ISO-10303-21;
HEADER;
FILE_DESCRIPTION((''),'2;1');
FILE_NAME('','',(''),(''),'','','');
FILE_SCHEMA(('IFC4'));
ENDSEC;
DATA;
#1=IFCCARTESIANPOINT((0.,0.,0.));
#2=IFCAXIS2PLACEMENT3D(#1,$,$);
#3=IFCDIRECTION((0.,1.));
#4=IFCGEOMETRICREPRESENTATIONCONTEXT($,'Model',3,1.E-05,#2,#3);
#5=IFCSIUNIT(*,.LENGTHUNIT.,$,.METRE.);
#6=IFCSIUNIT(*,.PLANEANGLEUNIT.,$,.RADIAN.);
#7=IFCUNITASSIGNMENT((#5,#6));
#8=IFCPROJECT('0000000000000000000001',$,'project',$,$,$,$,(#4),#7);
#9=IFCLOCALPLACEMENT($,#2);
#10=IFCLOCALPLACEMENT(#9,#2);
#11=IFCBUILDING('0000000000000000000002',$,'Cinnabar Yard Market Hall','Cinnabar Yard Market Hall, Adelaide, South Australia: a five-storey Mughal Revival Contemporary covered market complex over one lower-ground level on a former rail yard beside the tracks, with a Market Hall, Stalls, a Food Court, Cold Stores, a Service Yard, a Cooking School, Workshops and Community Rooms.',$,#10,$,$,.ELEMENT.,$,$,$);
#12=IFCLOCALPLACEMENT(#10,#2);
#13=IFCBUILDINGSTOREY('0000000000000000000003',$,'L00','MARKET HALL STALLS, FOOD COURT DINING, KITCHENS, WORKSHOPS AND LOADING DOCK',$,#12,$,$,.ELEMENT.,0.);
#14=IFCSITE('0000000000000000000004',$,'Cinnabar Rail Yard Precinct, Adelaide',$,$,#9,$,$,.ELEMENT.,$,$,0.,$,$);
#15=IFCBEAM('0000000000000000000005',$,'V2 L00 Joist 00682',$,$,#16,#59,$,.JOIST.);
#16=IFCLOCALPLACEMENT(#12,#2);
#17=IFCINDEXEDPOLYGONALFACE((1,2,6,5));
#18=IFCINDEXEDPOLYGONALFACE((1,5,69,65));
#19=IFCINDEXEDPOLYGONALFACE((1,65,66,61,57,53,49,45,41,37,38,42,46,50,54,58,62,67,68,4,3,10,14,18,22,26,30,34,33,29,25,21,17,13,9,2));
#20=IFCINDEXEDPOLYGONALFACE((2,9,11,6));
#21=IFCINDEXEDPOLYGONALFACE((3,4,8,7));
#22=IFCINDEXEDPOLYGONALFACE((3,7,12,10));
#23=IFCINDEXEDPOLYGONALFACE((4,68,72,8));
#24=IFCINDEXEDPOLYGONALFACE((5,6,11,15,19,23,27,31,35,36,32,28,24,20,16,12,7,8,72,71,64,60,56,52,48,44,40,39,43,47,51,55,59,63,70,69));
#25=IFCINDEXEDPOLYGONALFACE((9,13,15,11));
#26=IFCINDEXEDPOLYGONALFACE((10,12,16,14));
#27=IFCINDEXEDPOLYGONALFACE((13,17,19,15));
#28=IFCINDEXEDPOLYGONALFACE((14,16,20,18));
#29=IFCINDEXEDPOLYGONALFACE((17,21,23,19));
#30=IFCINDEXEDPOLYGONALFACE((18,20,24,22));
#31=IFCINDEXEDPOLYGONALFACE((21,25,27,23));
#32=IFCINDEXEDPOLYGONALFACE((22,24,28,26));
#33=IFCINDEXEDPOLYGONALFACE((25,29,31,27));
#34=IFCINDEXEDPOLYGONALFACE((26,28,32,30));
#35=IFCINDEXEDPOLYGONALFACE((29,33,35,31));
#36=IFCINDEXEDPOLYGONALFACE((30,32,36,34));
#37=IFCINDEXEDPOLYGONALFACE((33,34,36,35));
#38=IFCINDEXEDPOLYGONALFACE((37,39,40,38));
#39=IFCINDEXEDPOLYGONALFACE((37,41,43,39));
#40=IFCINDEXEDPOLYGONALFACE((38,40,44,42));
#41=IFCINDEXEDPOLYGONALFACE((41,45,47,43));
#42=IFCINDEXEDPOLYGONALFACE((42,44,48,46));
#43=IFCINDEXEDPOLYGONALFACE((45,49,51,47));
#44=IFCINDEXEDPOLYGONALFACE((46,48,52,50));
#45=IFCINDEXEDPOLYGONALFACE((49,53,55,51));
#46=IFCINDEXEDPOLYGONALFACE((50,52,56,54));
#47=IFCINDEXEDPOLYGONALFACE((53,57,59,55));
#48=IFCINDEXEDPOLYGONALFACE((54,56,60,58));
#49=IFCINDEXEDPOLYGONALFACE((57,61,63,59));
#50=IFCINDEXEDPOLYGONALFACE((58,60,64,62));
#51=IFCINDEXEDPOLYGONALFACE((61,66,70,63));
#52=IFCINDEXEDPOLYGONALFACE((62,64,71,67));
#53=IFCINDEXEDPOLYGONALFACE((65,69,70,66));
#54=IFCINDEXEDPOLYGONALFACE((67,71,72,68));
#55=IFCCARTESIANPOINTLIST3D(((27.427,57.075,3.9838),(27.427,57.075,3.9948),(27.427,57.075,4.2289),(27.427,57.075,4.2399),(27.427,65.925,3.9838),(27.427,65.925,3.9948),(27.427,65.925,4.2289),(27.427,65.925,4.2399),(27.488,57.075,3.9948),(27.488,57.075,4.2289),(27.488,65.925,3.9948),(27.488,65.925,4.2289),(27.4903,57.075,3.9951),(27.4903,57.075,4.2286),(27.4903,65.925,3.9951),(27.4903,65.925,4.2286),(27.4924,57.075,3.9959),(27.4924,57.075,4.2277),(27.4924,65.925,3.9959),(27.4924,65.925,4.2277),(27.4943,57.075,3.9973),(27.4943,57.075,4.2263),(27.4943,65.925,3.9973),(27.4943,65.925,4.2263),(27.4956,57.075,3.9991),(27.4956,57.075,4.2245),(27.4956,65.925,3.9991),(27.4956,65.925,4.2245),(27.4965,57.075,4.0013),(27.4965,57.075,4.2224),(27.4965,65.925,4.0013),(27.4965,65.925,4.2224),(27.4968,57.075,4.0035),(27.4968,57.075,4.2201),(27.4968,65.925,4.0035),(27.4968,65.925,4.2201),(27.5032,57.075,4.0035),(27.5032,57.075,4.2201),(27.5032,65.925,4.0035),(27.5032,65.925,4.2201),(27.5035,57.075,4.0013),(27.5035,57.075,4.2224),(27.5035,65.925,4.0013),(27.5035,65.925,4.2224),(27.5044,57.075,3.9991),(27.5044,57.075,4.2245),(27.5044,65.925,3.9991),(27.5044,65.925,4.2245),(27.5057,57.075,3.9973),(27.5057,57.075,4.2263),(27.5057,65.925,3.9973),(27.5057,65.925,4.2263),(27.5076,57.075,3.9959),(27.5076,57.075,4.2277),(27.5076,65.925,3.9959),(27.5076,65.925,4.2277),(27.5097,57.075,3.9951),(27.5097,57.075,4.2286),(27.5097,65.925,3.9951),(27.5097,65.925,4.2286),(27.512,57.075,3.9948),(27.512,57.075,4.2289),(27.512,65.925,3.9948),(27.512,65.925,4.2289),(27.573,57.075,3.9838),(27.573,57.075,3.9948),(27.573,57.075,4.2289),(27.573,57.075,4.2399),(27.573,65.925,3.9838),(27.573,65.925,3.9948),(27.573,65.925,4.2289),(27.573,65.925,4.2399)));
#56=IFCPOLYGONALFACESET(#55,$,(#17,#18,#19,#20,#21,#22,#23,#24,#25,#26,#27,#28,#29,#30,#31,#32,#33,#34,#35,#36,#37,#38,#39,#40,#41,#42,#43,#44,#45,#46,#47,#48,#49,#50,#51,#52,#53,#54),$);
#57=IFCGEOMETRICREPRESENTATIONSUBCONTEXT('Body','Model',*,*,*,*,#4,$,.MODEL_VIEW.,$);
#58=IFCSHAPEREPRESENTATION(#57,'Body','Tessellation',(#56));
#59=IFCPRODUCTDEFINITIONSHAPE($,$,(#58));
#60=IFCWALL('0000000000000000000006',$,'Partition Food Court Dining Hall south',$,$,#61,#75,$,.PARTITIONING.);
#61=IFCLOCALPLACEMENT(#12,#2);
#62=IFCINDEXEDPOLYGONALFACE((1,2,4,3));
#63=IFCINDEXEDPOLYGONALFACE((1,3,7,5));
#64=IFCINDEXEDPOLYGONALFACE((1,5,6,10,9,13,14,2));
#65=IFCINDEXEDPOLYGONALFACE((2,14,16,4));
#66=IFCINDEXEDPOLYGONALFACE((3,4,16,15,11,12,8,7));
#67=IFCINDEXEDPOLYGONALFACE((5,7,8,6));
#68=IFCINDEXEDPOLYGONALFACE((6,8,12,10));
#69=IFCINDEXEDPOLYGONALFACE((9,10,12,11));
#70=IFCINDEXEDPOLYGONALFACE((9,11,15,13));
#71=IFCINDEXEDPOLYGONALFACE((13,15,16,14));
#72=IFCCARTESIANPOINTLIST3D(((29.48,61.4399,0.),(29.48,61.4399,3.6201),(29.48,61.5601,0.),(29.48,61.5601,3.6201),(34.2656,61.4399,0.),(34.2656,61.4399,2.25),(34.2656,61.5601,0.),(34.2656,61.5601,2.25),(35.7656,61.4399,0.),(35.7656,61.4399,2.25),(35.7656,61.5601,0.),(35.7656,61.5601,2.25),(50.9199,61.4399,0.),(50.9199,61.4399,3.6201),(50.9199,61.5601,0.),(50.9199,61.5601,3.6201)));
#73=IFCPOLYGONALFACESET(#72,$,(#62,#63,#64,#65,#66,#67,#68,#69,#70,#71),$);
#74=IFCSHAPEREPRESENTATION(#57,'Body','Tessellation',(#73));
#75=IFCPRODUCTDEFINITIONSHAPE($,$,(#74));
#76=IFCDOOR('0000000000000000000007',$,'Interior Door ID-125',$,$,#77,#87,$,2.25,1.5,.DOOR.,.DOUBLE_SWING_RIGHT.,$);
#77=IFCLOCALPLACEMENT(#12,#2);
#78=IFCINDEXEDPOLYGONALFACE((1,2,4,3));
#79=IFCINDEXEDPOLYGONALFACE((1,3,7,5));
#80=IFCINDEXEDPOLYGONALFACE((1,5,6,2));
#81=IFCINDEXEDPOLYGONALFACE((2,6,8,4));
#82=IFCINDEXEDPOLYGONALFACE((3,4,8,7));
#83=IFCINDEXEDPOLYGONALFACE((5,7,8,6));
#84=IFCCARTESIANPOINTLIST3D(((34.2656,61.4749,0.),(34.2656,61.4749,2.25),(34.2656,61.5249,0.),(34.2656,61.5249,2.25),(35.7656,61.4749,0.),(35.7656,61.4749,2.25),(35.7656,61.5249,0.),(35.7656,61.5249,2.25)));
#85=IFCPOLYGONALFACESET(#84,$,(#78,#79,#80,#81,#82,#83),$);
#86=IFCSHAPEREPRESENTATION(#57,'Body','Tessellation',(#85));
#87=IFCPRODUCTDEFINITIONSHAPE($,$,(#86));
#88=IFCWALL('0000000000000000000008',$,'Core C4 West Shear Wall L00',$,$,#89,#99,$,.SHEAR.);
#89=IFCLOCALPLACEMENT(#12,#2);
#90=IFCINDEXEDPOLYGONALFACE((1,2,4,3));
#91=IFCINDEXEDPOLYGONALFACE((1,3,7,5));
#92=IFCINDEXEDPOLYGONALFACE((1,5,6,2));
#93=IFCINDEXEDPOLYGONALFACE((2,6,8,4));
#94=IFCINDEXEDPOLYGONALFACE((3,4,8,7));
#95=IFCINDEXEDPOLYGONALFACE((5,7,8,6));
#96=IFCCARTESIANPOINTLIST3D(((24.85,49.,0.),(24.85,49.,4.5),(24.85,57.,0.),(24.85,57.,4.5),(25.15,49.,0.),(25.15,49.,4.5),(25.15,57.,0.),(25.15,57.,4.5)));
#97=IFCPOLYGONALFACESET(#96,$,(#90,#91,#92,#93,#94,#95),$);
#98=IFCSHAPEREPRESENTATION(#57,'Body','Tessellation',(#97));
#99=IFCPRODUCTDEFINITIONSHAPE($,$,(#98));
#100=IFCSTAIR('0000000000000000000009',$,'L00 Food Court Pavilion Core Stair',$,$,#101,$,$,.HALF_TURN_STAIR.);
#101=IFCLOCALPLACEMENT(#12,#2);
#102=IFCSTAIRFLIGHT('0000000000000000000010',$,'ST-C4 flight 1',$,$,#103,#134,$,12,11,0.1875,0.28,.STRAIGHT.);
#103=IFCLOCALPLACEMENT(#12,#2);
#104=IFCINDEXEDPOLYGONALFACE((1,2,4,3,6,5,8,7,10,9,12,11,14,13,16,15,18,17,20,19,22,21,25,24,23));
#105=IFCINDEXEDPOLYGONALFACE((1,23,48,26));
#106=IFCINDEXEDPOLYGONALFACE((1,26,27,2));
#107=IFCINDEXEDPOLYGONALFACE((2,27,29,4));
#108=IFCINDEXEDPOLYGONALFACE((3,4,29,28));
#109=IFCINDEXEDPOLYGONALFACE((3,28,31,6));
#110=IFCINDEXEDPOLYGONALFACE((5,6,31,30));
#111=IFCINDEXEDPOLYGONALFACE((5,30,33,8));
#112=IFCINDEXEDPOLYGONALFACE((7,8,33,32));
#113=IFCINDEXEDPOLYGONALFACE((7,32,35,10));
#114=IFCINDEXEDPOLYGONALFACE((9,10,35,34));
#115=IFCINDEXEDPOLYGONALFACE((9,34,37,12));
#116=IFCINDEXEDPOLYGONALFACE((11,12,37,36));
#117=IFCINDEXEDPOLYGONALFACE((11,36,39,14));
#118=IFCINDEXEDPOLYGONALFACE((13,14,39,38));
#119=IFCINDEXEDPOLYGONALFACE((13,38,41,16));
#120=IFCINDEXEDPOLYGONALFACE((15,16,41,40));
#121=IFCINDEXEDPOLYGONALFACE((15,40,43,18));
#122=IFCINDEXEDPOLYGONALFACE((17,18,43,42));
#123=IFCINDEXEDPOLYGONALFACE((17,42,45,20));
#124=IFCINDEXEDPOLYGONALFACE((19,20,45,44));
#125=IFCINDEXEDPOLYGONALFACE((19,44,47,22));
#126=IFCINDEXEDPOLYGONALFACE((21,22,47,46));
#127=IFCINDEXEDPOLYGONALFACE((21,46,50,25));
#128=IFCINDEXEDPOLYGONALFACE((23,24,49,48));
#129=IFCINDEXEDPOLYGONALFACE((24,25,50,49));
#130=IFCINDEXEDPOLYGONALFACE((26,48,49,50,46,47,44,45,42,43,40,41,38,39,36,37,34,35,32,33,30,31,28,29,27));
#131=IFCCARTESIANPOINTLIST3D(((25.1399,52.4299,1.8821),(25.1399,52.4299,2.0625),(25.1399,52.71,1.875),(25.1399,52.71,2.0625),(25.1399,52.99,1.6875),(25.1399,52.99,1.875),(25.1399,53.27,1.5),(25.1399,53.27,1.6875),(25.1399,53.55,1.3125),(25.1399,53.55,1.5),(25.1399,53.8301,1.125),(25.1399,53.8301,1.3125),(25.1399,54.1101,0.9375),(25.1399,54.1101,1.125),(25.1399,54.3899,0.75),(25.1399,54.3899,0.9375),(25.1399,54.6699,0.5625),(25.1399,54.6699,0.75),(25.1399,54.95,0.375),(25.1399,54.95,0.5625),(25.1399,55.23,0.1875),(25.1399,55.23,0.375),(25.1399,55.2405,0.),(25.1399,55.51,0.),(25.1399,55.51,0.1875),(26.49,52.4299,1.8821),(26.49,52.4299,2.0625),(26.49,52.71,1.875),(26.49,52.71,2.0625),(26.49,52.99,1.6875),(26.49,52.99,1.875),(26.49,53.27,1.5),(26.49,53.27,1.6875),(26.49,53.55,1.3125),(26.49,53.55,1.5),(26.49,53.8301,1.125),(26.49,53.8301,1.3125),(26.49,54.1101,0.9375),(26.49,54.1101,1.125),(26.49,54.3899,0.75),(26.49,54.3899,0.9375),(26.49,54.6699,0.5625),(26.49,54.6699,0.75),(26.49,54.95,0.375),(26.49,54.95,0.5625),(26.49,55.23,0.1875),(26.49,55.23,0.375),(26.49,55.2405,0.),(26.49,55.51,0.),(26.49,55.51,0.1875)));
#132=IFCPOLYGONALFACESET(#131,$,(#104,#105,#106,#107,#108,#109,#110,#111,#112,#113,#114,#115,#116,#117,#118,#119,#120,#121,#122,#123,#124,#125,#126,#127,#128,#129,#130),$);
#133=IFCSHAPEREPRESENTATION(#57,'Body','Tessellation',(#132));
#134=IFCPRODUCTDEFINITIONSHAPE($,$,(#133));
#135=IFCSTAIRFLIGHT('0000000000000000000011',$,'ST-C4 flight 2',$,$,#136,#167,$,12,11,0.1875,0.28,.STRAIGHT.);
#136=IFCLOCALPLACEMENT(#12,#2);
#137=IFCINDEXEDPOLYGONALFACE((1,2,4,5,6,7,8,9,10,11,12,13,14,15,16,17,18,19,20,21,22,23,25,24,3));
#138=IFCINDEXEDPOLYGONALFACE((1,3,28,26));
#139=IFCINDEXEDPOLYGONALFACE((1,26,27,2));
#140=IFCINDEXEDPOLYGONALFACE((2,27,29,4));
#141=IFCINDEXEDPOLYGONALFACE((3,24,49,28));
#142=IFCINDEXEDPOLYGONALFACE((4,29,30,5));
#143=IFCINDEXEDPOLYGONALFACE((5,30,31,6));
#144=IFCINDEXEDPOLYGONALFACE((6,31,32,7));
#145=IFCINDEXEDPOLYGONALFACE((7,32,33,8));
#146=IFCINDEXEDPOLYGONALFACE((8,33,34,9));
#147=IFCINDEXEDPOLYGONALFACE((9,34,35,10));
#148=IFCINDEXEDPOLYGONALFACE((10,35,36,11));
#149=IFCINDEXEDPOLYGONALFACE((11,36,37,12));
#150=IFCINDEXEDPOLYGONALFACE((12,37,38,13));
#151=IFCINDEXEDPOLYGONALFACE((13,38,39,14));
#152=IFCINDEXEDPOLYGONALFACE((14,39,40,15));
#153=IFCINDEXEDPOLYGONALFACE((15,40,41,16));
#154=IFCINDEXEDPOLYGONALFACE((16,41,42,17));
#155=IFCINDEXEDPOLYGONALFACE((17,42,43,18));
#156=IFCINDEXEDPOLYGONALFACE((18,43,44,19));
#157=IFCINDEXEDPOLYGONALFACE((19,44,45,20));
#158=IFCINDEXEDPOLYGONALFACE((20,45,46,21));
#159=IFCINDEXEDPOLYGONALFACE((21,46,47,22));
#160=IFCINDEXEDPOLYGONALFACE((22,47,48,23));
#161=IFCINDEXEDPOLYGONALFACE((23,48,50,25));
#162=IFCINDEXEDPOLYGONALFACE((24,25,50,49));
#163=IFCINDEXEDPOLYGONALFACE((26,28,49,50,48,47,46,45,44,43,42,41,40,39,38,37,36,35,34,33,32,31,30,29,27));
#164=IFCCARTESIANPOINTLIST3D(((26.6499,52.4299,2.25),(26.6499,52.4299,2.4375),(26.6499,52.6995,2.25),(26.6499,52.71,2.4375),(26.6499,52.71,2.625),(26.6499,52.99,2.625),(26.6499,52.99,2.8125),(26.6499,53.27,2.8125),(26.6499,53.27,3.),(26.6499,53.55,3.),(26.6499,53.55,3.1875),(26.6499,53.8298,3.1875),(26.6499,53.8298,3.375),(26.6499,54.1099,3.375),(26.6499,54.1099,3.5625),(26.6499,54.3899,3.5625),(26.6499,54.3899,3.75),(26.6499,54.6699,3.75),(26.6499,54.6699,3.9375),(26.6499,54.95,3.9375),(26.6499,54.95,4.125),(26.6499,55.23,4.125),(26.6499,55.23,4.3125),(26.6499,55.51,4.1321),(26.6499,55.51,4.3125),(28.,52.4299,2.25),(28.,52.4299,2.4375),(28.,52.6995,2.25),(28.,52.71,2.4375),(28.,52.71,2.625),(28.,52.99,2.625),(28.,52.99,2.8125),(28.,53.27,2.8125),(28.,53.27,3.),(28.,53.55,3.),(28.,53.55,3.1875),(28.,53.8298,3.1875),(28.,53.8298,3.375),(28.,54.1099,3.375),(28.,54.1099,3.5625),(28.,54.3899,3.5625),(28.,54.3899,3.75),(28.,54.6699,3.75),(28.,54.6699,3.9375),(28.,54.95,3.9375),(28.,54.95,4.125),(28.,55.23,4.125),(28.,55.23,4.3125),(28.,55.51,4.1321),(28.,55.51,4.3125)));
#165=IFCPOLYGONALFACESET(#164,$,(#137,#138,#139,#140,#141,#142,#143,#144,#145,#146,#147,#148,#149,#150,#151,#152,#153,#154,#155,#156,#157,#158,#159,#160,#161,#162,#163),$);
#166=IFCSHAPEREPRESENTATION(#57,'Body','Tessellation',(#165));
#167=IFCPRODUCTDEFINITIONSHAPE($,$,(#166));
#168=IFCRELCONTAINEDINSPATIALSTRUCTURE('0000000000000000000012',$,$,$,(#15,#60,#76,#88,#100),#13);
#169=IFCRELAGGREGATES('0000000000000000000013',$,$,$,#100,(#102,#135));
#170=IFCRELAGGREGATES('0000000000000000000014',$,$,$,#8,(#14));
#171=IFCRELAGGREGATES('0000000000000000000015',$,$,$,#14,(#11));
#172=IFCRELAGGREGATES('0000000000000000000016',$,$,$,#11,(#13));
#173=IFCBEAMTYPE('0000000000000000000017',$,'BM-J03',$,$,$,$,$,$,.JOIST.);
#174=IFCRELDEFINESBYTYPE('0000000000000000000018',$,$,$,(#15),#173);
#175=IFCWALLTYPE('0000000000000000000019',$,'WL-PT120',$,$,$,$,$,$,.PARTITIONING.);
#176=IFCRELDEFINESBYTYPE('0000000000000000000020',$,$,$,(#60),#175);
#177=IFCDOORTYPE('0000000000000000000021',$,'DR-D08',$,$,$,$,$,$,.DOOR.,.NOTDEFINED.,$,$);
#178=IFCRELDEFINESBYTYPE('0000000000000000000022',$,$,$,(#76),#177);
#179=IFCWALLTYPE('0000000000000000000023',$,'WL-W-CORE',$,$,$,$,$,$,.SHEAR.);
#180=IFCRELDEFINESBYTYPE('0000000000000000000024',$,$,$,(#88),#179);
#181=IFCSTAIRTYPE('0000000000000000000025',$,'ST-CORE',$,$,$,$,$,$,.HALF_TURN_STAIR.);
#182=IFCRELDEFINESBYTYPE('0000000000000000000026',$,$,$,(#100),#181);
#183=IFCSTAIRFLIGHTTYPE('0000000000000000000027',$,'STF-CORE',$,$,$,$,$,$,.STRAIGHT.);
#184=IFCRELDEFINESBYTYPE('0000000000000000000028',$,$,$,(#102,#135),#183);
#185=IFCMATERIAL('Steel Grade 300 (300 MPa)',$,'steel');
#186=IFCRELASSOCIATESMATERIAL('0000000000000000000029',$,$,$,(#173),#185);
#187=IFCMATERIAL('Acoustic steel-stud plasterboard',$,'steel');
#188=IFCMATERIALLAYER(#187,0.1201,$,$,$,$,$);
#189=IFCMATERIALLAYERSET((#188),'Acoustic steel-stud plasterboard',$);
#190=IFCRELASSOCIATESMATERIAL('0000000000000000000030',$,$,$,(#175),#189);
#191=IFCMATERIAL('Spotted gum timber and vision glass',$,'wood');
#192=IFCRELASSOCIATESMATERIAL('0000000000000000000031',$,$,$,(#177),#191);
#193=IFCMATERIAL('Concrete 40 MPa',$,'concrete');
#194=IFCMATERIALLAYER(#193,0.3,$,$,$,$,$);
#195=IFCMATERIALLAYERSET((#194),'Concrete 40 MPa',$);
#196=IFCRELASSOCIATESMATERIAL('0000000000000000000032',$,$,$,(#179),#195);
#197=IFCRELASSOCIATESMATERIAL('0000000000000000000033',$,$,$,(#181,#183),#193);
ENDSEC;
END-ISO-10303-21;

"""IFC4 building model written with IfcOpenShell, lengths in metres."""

from ifc_helpers import new_model, si_unit, direction, frame, frame_2d, origin, origin_2d_with_axis, place, context, subcontext, project, spatial, polyline, rectangle, i_section, outline, extrude, material, layer, layer_set, material_profile, profile_set, type_object, element, fill, aggregate, save


model = new_model("IFC4")

# Units and contexts
model_context = context("Model", 3, precision=1e-05, world=origin(), true_north=direction((0.0, 1.0)))
body_context = subcontext(model_context, "Body", "Model", "MODEL_VIEW")
ifc_project = project(units=[si_unit("LENGTHUNIT", "METRE"), si_unit("PLANEANGLEUNIT", "RADIAN")], contexts=[model_context])

# Site, building, storey
site_placement = place(None, origin())
site = spatial("IfcSite", under=ifc_project, at=site_placement, Name="Cinnabar Rail Yard Precinct, Adelaide", CompositionType="ELEMENT", RefElevation=0.0)
building_placement = place(site_placement, origin())
building = spatial("IfcBuilding", under=site, at=building_placement, Name="Cinnabar Yard Market Hall", Description="Cinnabar Yard Market Hall, Adelaide, South Australia: a five-storey Mughal Revival Contemporary covered market complex over one lower-ground level on a former rail yard beside the tracks, with a Market Hall, Stalls, a Food Court, Cold Stores, a Service Yard, a Cooking School, Workshops and Community Rooms.", CompositionType="ELEMENT")
storey_placement = place(building_placement, origin())
storey = spatial("IfcBuildingStorey", under=building, at=storey_placement, Name="L00", Description="MARKET HALL STALLS, FOOD COURT DINING, KITCHENS, WORKSHOPS AND LOADING DOCK", CompositionType="ELEMENT", Elevation=0.0)

# Shared definitions
ifc_material_1 = material(Name="Steel Grade 300 (300 MPa)", Category="steel")

# Beam
ifc_material_profile_1 = material_profile(ifc_material_1, i_section(OverallWidth=0.146, OverallDepth=0.2561, WebThickness=0.0063, FlangeThickness=0.011, FilletRadius=0.0088, at=origin_2d_with_axis()), Name="250UB37.3")
ifc_profile_set_1 = profile_set([ifc_material_profile_1], Name="Steel Grade 300 (300 MPa)")
beam_type_1 = type_object("IfcBeamType", Name="BM-J03", PredefinedType="JOIST", material=ifc_profile_set_1)
beam_1_placement = place(storey_placement, frame((27.5, 57.075, 4.1118), z_axis=(0.0, 1.0, 0.0), x_axis=(-1.0, 0.0, 0.0)))
element("IfcBeam", 1, at=beam_1_placement, inside=storey, type_object=beam_type_1, Name="V2 L00 Joist 00682", PredefinedType="JOIST", context=body_context, shape_type="SweptSolid", body=[
    extrude(i_section(OverallWidth=0.146, OverallDepth=0.2561, WebThickness=0.0063, FlangeThickness=0.011, FilletRadius=0.0088, at=origin_2d_with_axis()), origin(), (0.0, 0.0, 1.0), 8.8501),
])

# Wall, opening, door
ifc_material_2 = material(Name="Acoustic steel-stud plasterboard", Category="steel")
ifc_layer_1 = layer(ifc_material_2, 0.1201)
ifc_layer_set_1 = layer_set([ifc_layer_1], Name="Acoustic steel-stud plasterboard")
wall_type_1 = type_object("IfcWallType", Name="WL-PT120", PredefinedType="PARTITIONING", material=ifc_layer_set_1)
wall_1_placement = place(storey_placement, frame((29.48, 61.5, 0.0), z_axis=(0.0, 0.0, 1.0), x_axis=(1.0, 0.0, 0.0)))
wall_1 = element("IfcWall", 2, at=wall_1_placement, inside=storey, type_object=wall_type_1, Name="Partition Food Court Dining Hall south", PredefinedType="PARTITIONING", context=body_context, shape_type="SweptSolid", body=[
    extrude(rectangle(XDim=21.4399, YDim=0.1201, at=frame_2d((10.72, 0.0), x_axis=(1.0, 0.0))), origin(), (0.0, 0.0, 1.0), 3.6201),
])
opening_1_placement = place(wall_1_placement, frame((4.7856, 0.0, 0.0)))
opening_1 = element("IfcOpeningElement", 3, at=opening_1_placement, cuts=wall_1, PredefinedType="OPENING", context=body_context, shape_type="SweptSolid", body=[
    extrude(rectangle(XDim=1.5, YDim=2.25, at=frame_2d((0.75, 1.125), x_axis=(1.0, 0.0))), frame((0.0, 0.0701, 0.0), z_axis=(0.0, -1.0, 0.0), x_axis=(1.0, 0.0, 0.0)), (0.0, 0.0, 1.0), 0.1401),
])
ifc_material_3 = material(Name="Spotted gum timber and vision glass", Category="wood")
door_type_1 = type_object("IfcDoorType", Name="DR-D08", OperationType="NOTDEFINED", PredefinedType="DOOR", material=ifc_material_3)
door_1_placement = place(opening_1_placement, origin())
door_1 = element("IfcDoor", 4, at=door_1_placement, inside=storey, type_object=door_type_1, Name="Interior Door ID-125", OperationType="DOUBLE_SWING_RIGHT", OverallHeight=2.25, OverallWidth=1.5, PredefinedType="DOOR", context=body_context, shape_type="SweptSolid", body=[
    extrude(rectangle(XDim=1.5, YDim=2.25, at=frame_2d((0.75, 1.125), x_axis=(1.0, 0.0))), frame((0.0, 0.0249, 0.0), z_axis=(0.0, -1.0, 0.0), x_axis=(1.0, 0.0, 0.0)), (0.0, 0.0, 1.0), 0.05),
])
fill(opening_1, door_1)

# Wall
ifc_material_4 = material(Name="Concrete 40 MPa", Category="concrete")
ifc_layer_2 = layer(ifc_material_4, 0.3)
ifc_layer_set_2 = layer_set([ifc_layer_2], Name="Concrete 40 MPa")
wall_type_2 = type_object("IfcWallType", Name="WL-W-CORE", PredefinedType="SHEAR", material=ifc_layer_set_2)
wall_2_placement = place(storey_placement, frame((25.0, 57.0, 0.0), z_axis=(0.0, 0.0, 1.0), x_axis=(0.0, -1.0, 0.0)))
element("IfcWall", 5, at=wall_2_placement, inside=storey, type_object=wall_type_2, Name="Core C4 West Shear Wall L00", PredefinedType="SHEAR", context=body_context, shape_type="SweptSolid", body=[
    extrude(rectangle(XDim=8.0, YDim=0.3, at=frame_2d((4.0, 0.0), x_axis=(1.0, 0.0))), origin(), (0.0, 0.0, 1.0), 4.5),
])

# Stair, stair flights
stair_type = type_object("IfcStairType", Name="ST-CORE", PredefinedType="HALF_TURN_STAIR", material=ifc_material_4)
stair_placement = place(storey_placement, origin())
stair = element("IfcStair", 6, at=stair_placement, inside=storey, type_object=stair_type, Name="L00 Food Court Pavilion Core Stair", PredefinedType="HALF_TURN_STAIR")
stair_flight_type = type_object("IfcStairFlightType", Name="STF-CORE", PredefinedType="STRAIGHT", material=ifc_material_4)
stair_flight_1_placement = place(storey_placement, frame((25.8149, 55.51, 0.0), z_axis=(0.0, 0.0, 1.0), x_axis=(0.0, -1.0, 0.0)))
stair_flight_1 = element("IfcStairFlight", 7, at=stair_flight_1_placement, type_object=stair_flight_type, Name="ST-C4 flight 1", NumberOfRisers=12, NumberOfTreads=11, PredefinedType="STRAIGHT", RiserHeight=0.1875, TreadLength=0.28, context=body_context, shape_type="SweptSolid", body=[
    extrude(outline(polyline([(0.0, 0.0), (0.0, 0.1875), (0.28, 0.1875), (0.28, 0.375), (0.5601, 0.375), (0.5601, 0.5625), (0.8401, 0.5625), (0.8401, 0.75), (1.1201, 0.75), (1.1201, 0.9375), (1.3999, 0.9375), (1.3999, 1.125), (1.6799, 1.125), (1.6799, 1.3125), (1.96, 1.3125), (1.96, 1.5), (2.24, 1.5), (2.24, 1.6875), (2.52, 1.6875), (2.52, 1.875), (2.8, 1.875), (2.8, 2.0625), (3.0801, 2.0625), (3.0801, 2.25), (3.0801, 1.8821), (0.2695, 0.0), (0.0, 0.0)])), frame((0.0, 0.675, 0.0), z_axis=(0.0, -1.0, 0.0), x_axis=(1.0, 0.0, 0.0)), (0.0, 0.0, 1.0), 1.3501),
])
stair_flight_2_placement = place(storey_placement, frame((27.325, 52.4299, 2.25), z_axis=(0.0, 0.0, 1.0), x_axis=(0.0, 1.0, 0.0)))
stair_flight_2 = element("IfcStairFlight", 8, at=stair_flight_2_placement, type_object=stair_flight_type, Name="ST-C4 flight 2", NumberOfRisers=12, NumberOfTreads=11, PredefinedType="STRAIGHT", RiserHeight=0.1875, TreadLength=0.28, context=body_context, shape_type="SweptSolid", body=[
    extrude(outline(polyline([(0.0, 0.0), (0.0, 0.1875), (0.28, 0.1875), (0.28, 0.375), (0.5601, 0.375), (0.5601, 0.5625), (0.8401, 0.5625), (0.8401, 0.75), (1.1201, 0.75), (1.1201, 0.9375), (1.3999, 0.9375), (1.3999, 1.125), (1.6799, 1.125), (1.6799, 1.3125), (1.96, 1.3125), (1.96, 1.5), (2.24, 1.5), (2.24, 1.6875), (2.52, 1.6875), (2.52, 1.875), (2.8, 1.875), (2.8, 2.0625), (3.0801, 2.0625), (3.0801, 2.25), (3.0801, 1.8821), (0.2695, 0.0), (0.0, 0.0)])), frame((0.0, 0.675, 0.0), z_axis=(0.0, -1.0, 0.0), x_axis=(1.0, 0.0, 0.0)), (0.0, 0.0, 1.0), 1.3501),
])
aggregate(stair, [stair_flight_1, stair_flight_2])

save(model, "model.ifc")
